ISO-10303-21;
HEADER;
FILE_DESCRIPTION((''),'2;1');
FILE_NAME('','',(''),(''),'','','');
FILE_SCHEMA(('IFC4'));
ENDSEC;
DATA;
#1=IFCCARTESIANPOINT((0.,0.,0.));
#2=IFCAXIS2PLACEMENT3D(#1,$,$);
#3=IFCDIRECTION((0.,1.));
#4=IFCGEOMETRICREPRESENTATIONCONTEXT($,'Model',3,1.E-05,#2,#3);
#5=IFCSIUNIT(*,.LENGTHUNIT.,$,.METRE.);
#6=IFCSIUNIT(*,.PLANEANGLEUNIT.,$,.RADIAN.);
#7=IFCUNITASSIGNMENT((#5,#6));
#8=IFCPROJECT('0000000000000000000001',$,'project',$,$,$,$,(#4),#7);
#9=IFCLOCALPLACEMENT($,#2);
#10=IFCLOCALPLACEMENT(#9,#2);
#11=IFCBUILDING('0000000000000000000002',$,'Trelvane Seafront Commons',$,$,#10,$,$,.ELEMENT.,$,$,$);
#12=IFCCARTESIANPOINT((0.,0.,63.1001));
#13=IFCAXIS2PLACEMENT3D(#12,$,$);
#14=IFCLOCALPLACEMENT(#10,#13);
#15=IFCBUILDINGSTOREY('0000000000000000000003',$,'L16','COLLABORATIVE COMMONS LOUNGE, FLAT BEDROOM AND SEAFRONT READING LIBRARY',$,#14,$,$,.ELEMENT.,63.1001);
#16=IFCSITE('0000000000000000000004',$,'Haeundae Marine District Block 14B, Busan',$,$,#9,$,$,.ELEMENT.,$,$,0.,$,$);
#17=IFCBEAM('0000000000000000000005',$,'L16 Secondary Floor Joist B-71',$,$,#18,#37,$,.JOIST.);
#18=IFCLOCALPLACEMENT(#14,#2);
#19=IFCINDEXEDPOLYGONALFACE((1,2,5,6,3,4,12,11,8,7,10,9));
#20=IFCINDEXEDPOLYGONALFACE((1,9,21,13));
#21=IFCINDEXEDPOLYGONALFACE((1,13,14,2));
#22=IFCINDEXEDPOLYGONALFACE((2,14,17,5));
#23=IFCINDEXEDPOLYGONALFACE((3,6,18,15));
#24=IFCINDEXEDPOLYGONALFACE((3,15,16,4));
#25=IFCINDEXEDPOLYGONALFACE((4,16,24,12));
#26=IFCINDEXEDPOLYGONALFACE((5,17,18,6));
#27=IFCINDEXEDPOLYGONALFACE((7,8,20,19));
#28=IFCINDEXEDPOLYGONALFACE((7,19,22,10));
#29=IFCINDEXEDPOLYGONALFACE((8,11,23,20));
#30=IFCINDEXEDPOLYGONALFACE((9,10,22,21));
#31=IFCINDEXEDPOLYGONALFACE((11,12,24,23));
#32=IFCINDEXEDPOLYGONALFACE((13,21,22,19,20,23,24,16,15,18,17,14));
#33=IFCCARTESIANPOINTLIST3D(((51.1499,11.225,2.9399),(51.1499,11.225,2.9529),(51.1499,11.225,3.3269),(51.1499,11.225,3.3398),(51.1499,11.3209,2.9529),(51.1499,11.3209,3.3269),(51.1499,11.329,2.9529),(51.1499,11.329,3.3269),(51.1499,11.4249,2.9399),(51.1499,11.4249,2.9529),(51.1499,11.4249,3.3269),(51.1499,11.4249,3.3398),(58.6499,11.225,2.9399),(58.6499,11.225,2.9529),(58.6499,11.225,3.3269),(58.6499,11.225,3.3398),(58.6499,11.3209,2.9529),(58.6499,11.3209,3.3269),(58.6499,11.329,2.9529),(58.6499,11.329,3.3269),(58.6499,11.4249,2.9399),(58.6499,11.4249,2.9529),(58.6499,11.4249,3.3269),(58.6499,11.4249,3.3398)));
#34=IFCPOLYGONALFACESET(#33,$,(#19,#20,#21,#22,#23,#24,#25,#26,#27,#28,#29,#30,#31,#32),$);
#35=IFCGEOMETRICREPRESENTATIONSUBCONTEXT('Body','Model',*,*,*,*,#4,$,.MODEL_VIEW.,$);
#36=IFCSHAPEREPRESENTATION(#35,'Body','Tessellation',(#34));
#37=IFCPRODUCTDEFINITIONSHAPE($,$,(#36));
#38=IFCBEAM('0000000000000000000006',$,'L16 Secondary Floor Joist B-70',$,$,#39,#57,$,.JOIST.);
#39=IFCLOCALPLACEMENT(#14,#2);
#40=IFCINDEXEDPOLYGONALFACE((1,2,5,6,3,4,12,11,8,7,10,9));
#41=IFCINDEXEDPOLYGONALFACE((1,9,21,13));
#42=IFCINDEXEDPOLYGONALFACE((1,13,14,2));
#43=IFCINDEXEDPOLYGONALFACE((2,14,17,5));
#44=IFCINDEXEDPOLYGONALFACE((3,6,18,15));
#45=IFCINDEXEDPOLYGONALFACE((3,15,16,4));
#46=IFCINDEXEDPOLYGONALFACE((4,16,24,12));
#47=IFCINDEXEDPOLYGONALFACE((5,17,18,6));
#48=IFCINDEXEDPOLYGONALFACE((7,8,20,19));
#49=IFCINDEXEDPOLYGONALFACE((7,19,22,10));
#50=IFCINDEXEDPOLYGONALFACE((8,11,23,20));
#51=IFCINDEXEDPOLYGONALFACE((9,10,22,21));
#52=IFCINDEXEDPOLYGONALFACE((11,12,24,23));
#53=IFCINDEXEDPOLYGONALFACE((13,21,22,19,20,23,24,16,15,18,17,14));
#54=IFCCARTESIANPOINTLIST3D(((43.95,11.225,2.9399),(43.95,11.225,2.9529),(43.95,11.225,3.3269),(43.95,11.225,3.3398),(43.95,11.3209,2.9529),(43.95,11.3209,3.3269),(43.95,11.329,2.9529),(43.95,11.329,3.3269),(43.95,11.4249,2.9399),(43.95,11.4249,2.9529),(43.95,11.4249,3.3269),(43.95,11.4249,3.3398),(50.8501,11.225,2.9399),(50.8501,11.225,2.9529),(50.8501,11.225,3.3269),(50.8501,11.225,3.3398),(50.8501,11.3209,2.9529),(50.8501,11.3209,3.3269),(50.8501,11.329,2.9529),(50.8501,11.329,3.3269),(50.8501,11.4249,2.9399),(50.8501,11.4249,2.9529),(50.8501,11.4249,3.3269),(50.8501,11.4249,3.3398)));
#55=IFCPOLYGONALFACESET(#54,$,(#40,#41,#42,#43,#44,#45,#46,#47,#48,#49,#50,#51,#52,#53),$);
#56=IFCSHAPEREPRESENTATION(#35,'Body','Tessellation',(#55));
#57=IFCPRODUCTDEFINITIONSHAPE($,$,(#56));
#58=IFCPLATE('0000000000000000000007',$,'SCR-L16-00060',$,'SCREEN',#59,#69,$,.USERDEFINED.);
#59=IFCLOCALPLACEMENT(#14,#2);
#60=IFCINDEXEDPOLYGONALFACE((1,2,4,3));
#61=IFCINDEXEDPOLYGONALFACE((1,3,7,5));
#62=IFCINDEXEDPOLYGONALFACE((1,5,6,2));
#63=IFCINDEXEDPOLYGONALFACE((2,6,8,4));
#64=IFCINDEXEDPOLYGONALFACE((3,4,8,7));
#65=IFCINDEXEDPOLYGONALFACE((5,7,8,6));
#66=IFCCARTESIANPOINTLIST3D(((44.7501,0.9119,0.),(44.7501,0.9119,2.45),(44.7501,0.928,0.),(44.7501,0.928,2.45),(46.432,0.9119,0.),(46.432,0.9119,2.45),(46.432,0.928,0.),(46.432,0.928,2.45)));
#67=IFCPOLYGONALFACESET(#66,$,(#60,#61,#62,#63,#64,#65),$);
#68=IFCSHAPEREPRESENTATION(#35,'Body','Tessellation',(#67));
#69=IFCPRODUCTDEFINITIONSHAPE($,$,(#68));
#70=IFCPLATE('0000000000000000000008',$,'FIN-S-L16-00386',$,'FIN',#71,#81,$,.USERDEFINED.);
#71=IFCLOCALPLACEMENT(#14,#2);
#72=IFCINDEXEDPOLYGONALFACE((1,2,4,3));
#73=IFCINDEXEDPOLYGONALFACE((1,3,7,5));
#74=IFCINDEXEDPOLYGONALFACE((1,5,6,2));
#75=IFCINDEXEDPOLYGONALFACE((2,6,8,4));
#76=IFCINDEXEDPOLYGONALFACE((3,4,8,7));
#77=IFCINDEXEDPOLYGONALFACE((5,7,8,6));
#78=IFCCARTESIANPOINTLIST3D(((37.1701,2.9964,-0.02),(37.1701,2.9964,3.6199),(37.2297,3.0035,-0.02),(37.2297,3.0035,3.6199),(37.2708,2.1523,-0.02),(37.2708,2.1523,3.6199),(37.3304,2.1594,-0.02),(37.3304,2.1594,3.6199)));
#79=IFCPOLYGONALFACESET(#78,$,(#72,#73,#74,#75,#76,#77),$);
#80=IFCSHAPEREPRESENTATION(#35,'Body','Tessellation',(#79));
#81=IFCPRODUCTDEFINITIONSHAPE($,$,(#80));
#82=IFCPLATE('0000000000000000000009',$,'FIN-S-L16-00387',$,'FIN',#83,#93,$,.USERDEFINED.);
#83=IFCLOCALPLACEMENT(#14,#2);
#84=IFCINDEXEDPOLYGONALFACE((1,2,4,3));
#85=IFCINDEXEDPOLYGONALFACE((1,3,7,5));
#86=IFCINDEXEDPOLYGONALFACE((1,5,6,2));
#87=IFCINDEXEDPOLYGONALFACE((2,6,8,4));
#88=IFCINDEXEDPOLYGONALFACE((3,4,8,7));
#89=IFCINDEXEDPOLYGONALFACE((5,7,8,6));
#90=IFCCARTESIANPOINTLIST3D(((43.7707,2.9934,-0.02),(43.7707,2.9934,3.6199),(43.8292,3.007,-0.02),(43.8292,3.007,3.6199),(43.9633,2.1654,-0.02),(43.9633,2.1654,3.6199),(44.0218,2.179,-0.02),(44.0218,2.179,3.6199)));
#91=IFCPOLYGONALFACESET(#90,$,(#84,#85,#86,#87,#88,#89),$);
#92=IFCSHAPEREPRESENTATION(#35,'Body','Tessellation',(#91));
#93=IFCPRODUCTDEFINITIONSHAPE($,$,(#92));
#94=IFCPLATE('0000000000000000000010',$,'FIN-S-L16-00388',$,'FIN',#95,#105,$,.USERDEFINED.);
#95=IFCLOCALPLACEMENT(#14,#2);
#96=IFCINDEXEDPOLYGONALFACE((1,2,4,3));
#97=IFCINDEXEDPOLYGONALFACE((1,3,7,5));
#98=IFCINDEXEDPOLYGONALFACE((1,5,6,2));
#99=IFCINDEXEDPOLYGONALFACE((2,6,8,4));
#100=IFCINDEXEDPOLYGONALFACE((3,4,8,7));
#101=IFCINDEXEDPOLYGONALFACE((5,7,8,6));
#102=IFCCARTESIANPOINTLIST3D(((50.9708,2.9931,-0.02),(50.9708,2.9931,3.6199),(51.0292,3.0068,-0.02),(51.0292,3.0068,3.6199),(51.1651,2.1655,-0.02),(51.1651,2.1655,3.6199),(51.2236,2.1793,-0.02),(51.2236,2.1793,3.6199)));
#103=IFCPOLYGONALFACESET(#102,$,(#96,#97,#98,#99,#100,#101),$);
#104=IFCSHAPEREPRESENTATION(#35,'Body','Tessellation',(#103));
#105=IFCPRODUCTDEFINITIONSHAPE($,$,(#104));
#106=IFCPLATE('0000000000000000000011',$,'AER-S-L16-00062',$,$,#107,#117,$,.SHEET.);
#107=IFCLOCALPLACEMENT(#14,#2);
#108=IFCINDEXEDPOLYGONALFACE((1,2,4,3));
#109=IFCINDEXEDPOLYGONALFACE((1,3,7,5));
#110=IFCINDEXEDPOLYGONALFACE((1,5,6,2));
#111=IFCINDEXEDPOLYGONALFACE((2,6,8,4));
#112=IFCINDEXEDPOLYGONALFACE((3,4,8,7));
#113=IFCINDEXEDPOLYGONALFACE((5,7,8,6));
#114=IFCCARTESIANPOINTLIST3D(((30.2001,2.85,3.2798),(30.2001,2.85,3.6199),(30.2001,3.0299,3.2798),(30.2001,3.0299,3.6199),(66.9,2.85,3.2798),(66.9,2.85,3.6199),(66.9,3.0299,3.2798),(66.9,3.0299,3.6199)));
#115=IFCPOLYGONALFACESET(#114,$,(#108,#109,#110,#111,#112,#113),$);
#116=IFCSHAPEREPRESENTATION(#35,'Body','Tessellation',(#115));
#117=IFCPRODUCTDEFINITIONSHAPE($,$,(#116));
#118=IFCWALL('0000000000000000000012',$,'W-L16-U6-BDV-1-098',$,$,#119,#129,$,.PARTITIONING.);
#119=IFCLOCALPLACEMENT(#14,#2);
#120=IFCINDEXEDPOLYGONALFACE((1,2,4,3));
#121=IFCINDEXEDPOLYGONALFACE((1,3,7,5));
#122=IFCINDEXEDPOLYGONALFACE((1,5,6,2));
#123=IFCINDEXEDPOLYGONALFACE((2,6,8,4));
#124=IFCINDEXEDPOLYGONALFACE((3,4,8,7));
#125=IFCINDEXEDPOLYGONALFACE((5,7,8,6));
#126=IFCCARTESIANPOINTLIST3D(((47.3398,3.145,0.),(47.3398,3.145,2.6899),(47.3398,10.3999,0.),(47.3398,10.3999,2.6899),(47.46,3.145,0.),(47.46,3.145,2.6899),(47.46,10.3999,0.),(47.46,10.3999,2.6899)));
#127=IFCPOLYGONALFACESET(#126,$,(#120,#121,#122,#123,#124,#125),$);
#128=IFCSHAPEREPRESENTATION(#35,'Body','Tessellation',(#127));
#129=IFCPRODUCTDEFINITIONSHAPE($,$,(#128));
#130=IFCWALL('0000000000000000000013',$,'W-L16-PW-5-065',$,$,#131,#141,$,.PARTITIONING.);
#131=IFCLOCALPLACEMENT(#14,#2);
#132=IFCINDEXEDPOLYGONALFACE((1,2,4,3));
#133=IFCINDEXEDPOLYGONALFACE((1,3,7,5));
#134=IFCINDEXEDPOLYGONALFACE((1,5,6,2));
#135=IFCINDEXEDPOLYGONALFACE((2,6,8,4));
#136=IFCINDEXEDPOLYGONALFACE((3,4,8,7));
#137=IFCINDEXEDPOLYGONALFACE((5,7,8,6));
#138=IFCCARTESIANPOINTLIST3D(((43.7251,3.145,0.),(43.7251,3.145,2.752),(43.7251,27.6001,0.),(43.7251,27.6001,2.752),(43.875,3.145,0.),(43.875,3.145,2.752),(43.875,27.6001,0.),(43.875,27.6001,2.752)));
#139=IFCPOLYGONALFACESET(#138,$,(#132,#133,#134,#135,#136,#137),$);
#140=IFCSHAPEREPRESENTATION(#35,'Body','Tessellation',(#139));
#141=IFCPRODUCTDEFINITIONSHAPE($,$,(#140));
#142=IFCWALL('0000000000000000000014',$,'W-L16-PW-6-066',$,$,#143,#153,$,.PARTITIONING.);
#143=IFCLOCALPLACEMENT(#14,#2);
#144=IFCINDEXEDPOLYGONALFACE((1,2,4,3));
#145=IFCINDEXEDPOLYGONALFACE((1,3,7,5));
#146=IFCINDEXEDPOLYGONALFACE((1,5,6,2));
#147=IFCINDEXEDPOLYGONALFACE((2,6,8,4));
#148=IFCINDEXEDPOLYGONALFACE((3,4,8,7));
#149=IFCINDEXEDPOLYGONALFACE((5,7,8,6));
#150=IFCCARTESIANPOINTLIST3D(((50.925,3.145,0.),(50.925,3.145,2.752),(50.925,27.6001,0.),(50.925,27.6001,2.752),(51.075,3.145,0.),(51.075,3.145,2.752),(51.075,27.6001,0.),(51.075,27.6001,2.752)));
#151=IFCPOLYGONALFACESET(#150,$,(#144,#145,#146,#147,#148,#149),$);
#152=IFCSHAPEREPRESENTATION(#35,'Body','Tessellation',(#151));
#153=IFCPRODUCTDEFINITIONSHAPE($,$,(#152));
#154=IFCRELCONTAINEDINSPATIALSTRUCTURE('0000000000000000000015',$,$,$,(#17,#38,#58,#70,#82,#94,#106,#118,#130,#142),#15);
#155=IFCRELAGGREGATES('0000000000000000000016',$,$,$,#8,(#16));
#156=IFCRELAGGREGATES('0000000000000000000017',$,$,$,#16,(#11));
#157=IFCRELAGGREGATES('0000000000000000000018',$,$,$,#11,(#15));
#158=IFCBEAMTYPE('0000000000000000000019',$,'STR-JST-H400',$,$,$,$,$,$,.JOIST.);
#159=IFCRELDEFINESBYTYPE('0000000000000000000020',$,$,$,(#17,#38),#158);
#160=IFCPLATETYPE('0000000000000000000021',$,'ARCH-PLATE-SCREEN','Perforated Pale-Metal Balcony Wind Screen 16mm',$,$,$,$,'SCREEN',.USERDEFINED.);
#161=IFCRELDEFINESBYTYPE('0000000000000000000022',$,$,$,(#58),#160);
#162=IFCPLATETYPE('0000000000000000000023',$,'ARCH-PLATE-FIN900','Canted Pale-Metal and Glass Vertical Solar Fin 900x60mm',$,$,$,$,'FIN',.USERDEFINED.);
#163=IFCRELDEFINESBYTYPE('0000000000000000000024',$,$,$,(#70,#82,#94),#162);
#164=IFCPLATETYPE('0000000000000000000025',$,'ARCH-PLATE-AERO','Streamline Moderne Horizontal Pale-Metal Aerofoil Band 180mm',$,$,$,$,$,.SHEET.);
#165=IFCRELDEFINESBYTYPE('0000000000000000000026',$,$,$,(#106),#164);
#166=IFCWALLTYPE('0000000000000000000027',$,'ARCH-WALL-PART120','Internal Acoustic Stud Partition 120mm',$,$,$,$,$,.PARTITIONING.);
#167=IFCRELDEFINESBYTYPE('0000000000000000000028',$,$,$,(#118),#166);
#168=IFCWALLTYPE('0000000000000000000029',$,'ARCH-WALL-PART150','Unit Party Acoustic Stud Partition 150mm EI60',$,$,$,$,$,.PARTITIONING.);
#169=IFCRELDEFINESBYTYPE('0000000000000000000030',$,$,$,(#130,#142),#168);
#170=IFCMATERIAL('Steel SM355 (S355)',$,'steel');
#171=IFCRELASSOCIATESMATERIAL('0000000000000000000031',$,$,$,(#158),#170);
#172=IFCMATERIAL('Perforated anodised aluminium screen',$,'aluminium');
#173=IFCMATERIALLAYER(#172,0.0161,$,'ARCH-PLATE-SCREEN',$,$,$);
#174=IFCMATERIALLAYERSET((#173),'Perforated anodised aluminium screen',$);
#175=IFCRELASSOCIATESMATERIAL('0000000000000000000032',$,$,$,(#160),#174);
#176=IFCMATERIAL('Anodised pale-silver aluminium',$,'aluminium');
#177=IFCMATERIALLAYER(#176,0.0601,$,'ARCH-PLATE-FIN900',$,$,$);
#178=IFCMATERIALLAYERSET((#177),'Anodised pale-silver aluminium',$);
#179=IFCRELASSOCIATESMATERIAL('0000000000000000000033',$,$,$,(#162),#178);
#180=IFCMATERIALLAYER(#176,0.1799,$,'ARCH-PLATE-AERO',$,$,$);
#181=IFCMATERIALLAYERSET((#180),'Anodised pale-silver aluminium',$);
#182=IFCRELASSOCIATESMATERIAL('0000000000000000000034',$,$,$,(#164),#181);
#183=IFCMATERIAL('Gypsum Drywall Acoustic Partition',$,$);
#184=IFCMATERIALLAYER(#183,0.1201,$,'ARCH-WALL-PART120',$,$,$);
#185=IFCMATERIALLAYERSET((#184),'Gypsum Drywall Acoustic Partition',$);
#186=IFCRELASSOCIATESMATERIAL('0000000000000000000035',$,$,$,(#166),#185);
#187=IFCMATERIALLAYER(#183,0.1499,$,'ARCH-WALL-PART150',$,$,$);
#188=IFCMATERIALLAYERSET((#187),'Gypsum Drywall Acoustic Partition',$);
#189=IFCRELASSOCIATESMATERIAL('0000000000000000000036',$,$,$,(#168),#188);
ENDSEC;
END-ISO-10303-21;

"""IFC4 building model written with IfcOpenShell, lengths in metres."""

from ifc_helpers import new_model, si_unit, direction, frame, frame_2d, origin, origin_2d, place, context, subcontext, project, spatial, rectangle, i_section, extrude, source, transform, mapped, material, layer, layer_set, material_profile, profile_set, type_object, element, save


model = new_model("IFC4")

# Units and contexts
model_context = context("Model", 3, precision=1e-05, world=origin(), true_north=direction((0.0, 1.0)))
body_context = subcontext(model_context, "Body", "Model", "MODEL_VIEW")
ifc_project = project(units=[si_unit("LENGTHUNIT", "METRE"), si_unit("PLANEANGLEUNIT", "RADIAN")], contexts=[model_context])

# Site, building, storey
site_placement = place(None, origin())
site = spatial("IfcSite", under=ifc_project, at=site_placement, Name="Haeundae Marine District Block 14B, Busan", CompositionType="ELEMENT", RefElevation=0.0)
building_placement = place(site_placement, origin())
building = spatial("IfcBuilding", under=site, at=building_placement, Name="Trelvane Seafront Commons", CompositionType="ELEMENT")
storey_placement = place(building_placement, frame((0.0, 0.0, 63.1001)))
storey = spatial("IfcBuildingStorey", under=building, at=storey_placement, Name="L16", Description="COLLABORATIVE COMMONS LOUNGE, FLAT BEDROOM AND SEAFRONT READING LIBRARY", CompositionType="ELEMENT", Elevation=63.1001)

# Shared definitions
ifc_material_1 = material(Name="Steel SM355 (S355)", Category="steel")

# Beams
ifc_material_profile_1 = material_profile(ifc_material_1, i_section(OverallWidth=0.2, OverallDepth=0.3999, WebThickness=0.0081, FlangeThickness=0.0129, at=origin_2d()), Name="H-400x200x8x13")
ifc_profile_set_1 = profile_set([ifc_material_profile_1], Name="Steel SM355 (S355)")
beam_type_1 = type_object("IfcBeamType", Name="STR-JST-H400", PredefinedType="JOIST", material=ifc_profile_set_1)
shared_shape_1 = source(origin(), body_context, "Body", "SweptSolid", [
    extrude(i_section(OverallWidth=0.2, OverallDepth=0.3999, WebThickness=0.0081, FlangeThickness=0.0129, at=origin_2d()), origin(), (0.0, 0.0, 1.0), 7.5),
])
beam_1_placement = place(storey_placement, frame((51.1499, 11.325, 3.1399), z_axis=(1.0, 0.0, 0.0), x_axis=(0.0, 1.0, 0.0)))
element("IfcBeam", 1, at=beam_1_placement, inside=storey, type_object=beam_type_1, Name="L16 Secondary Floor Joist B-71", PredefinedType="JOIST", context=body_context, shape_type="MappedRepresentation", body=[
    mapped(shared_shape_1, transform((0.0, 0.0, 0.0), x_axis=(1.0, 0.0, 0.0), y_axis=(0.0, 1.0, 0.0), z_axis=(0.0, 0.0, 1.0), scale=1.0)),
])
shared_shape_2 = source(origin(), body_context, "Body", "SweptSolid", [
    extrude(i_section(OverallWidth=0.2, OverallDepth=0.3999, WebThickness=0.0081, FlangeThickness=0.0129, at=origin_2d()), origin(), (0.0, 0.0, 1.0), 6.9001),
])
beam_2_placement = place(storey_placement, frame((43.95, 11.325, 3.1399), z_axis=(1.0, 0.0, 0.0), x_axis=(0.0, 1.0, 0.0)))
element("IfcBeam", 2, at=beam_2_placement, inside=storey, type_object=beam_type_1, Name="L16 Secondary Floor Joist B-70", PredefinedType="JOIST", context=body_context, shape_type="MappedRepresentation", body=[
    mapped(shared_shape_2, transform((0.0, 0.0, 0.0), x_axis=(1.0, 0.0, 0.0), y_axis=(0.0, 1.0, 0.0), z_axis=(0.0, 0.0, 1.0), scale=1.0)),
])

# Plates
ifc_material_2 = material(Name="Perforated anodised aluminium screen", Category="aluminium")
ifc_layer_1 = layer(ifc_material_2, 0.0161, Name="ARCH-PLATE-SCREEN")
ifc_layer_set_1 = layer_set([ifc_layer_1], Name="Perforated anodised aluminium screen")
plate_type_1 = type_object("IfcPlateType", Name="ARCH-PLATE-SCREEN", Description="Perforated Pale-Metal Balcony Wind Screen 16mm", ElementType="SCREEN", PredefinedType="USERDEFINED", material=ifc_layer_set_1)
shared_shape_3 = source(origin(), body_context, "Body", "SweptSolid", [
    extrude(rectangle(XDim=1.6819, YDim=0.0161, at=origin_2d()), origin(), (0.0, 0.0, 1.0), 2.45),
])
plate_1_placement = place(storey_placement, frame((45.5911, 0.9199, 0.0), z_axis=(0.0, 0.0, 1.0), x_axis=(1.0, 0.0, 0.0)))
element("IfcPlate", 3, at=plate_1_placement, inside=storey, type_object=plate_type_1, Name="SCR-L16-00060", ObjectType="SCREEN", PredefinedType="USERDEFINED", context=body_context, shape_type="MappedRepresentation", body=[
    mapped(shared_shape_3, transform((0.0, 0.0, 0.0), x_axis=(1.0, 0.0, 0.0), y_axis=(0.0, 1.0, 0.0), z_axis=(0.0, 0.0, 1.0), scale=1.0)),
])
ifc_material_3 = material(Name="Anodised pale-silver aluminium", Category="aluminium")
ifc_layer_2 = layer(ifc_material_3, 0.0601, Name="ARCH-PLATE-FIN900")
ifc_layer_set_2 = layer_set([ifc_layer_2], Name="Anodised pale-silver aluminium")
plate_type_2 = type_object("IfcPlateType", Name="ARCH-PLATE-FIN900", Description="Canted Pale-Metal and Glass Vertical Solar Fin 900x60mm", ElementType="FIN", PredefinedType="USERDEFINED", material=ifc_layer_set_2)
shared_shape_4 = source(origin(), body_context, "Body", "SweptSolid", [
    extrude(rectangle(XDim=0.8501, YDim=0.0601, at=origin_2d()), origin(), (0.0, 0.0, 1.0), 3.6399),
])
for number, where, z_axis, x_axis, name in (
    (4, (37.2502, 2.5779, -0.02), (0.0, 0.0, 1.0), (0.118473, -0.992957, 0.0), "FIN-S-L16-00386"),
    (5, (43.8962, 2.5862, -0.02), (0.0, 0.0, 1.0), (0.226475, -0.974017, 0.0), "FIN-S-L16-00387"),
    (6, (51.0972, 2.5862, -0.02), (0.0, 0.0, 1.0), (0.228587, -0.973523, 0.0), "FIN-S-L16-00388"),
):
    element("IfcPlate", number, at=place(storey_placement, frame(where, z_axis=z_axis, x_axis=x_axis)), inside=storey, type_object=plate_type_2, Name=name, ObjectType="FIN", PredefinedType="USERDEFINED", context=body_context, shape_type="MappedRepresentation", body=[
        mapped(shared_shape_4, transform((0.0, 0.0, 0.0), x_axis=(1.0, 0.0, 0.0), y_axis=(0.0, 1.0, 0.0), z_axis=(0.0, 0.0, 1.0), scale=1.0)),
    ])
ifc_layer_3 = layer(ifc_material_3, 0.1799, Name="ARCH-PLATE-AERO")
ifc_layer_set_3 = layer_set([ifc_layer_3], Name="Anodised pale-silver aluminium")
plate_type_3 = type_object("IfcPlateType", Name="ARCH-PLATE-AERO", Description="Streamline Moderne Horizontal Pale-Metal Aerofoil Band 180mm", PredefinedType="SHEET", material=ifc_layer_set_3)
shared_shape_5 = source(origin(), body_context, "Body", "SweptSolid", [
    extrude(rectangle(XDim=36.7, YDim=0.1799, at=origin_2d()), origin(), (0.0, 0.0, 1.0), 0.3401),
])
plate_2_placement = place(storey_placement, frame((48.55, 2.9399, 3.2798), z_axis=(0.0, 0.0, 1.0), x_axis=(-1.0, 0.0, 0.0)))
element("IfcPlate", 7, at=plate_2_placement, inside=storey, type_object=plate_type_3, Name="AER-S-L16-00062", PredefinedType="SHEET", context=body_context, shape_type="MappedRepresentation", body=[
    mapped(shared_shape_5, transform((0.0, 0.0, 0.0), x_axis=(1.0, 0.0, 0.0), y_axis=(0.0, 1.0, 0.0), z_axis=(0.0, 0.0, 1.0), scale=1.0)),
])

# Shared definitions
ifc_material_4 = material(Name="Gypsum Drywall Acoustic Partition")
ifc_layer_4 = layer(ifc_material_4, 0.1201, Name="ARCH-WALL-PART120")
ifc_layer_set_4 = layer_set([ifc_layer_4], Name="Gypsum Drywall Acoustic Partition")
wall_type_1 = type_object("IfcWallType", Name="ARCH-WALL-PART120", Description="Internal Acoustic Stud Partition 120mm", PredefinedType="PARTITIONING", material=ifc_layer_set_4)

# Walls
wall_1_placement = place(storey_placement, frame((47.3999, 3.145, 0.0), z_axis=(0.0, 0.0, 1.0), x_axis=(0.0, 1.0, 0.0)))
element("IfcWall", 8, at=wall_1_placement, inside=storey, type_object=wall_type_1, Name="W-L16-U6-BDV-1-098", PredefinedType="PARTITIONING", context=body_context, shape_type="SweptSolid", body=[
    extrude(rectangle(XDim=7.2549, YDim=0.1201, at=frame_2d((3.6274, 0.0))), origin(), (0.0, 0.0, 1.0), 2.6899),
])
ifc_layer_5 = layer(ifc_material_4, 0.1499, Name="ARCH-WALL-PART150")
ifc_layer_set_5 = layer_set([ifc_layer_5], Name="Gypsum Drywall Acoustic Partition")
wall_type_2 = type_object("IfcWallType", Name="ARCH-WALL-PART150", Description="Unit Party Acoustic Stud Partition 150mm EI60", PredefinedType="PARTITIONING", material=ifc_layer_set_5)
for number, where, z_axis, x_axis, name in (
    (9, (43.8, 3.145, 0.0), (0.0, 0.0, 1.0), (0.0, 1.0, 0.0), "W-L16-PW-5-065"),
    (10, (51.0, 3.145, 0.0), (0.0, 0.0, 1.0), (0.0, 1.0, 0.0), "W-L16-PW-6-066"),
):
    element("IfcWall", number, at=place(storey_placement, frame(where, z_axis=z_axis, x_axis=x_axis)), inside=storey, type_object=wall_type_2, Name=name, PredefinedType="PARTITIONING", context=body_context, shape_type="SweptSolid", body=[
        extrude(rectangle(XDim=24.4551, YDim=0.1499, at=frame_2d((12.2275, 0.0))), origin(), (0.0, 0.0, 1.0), 2.752),
    ])

save(model, "model.ifc")
